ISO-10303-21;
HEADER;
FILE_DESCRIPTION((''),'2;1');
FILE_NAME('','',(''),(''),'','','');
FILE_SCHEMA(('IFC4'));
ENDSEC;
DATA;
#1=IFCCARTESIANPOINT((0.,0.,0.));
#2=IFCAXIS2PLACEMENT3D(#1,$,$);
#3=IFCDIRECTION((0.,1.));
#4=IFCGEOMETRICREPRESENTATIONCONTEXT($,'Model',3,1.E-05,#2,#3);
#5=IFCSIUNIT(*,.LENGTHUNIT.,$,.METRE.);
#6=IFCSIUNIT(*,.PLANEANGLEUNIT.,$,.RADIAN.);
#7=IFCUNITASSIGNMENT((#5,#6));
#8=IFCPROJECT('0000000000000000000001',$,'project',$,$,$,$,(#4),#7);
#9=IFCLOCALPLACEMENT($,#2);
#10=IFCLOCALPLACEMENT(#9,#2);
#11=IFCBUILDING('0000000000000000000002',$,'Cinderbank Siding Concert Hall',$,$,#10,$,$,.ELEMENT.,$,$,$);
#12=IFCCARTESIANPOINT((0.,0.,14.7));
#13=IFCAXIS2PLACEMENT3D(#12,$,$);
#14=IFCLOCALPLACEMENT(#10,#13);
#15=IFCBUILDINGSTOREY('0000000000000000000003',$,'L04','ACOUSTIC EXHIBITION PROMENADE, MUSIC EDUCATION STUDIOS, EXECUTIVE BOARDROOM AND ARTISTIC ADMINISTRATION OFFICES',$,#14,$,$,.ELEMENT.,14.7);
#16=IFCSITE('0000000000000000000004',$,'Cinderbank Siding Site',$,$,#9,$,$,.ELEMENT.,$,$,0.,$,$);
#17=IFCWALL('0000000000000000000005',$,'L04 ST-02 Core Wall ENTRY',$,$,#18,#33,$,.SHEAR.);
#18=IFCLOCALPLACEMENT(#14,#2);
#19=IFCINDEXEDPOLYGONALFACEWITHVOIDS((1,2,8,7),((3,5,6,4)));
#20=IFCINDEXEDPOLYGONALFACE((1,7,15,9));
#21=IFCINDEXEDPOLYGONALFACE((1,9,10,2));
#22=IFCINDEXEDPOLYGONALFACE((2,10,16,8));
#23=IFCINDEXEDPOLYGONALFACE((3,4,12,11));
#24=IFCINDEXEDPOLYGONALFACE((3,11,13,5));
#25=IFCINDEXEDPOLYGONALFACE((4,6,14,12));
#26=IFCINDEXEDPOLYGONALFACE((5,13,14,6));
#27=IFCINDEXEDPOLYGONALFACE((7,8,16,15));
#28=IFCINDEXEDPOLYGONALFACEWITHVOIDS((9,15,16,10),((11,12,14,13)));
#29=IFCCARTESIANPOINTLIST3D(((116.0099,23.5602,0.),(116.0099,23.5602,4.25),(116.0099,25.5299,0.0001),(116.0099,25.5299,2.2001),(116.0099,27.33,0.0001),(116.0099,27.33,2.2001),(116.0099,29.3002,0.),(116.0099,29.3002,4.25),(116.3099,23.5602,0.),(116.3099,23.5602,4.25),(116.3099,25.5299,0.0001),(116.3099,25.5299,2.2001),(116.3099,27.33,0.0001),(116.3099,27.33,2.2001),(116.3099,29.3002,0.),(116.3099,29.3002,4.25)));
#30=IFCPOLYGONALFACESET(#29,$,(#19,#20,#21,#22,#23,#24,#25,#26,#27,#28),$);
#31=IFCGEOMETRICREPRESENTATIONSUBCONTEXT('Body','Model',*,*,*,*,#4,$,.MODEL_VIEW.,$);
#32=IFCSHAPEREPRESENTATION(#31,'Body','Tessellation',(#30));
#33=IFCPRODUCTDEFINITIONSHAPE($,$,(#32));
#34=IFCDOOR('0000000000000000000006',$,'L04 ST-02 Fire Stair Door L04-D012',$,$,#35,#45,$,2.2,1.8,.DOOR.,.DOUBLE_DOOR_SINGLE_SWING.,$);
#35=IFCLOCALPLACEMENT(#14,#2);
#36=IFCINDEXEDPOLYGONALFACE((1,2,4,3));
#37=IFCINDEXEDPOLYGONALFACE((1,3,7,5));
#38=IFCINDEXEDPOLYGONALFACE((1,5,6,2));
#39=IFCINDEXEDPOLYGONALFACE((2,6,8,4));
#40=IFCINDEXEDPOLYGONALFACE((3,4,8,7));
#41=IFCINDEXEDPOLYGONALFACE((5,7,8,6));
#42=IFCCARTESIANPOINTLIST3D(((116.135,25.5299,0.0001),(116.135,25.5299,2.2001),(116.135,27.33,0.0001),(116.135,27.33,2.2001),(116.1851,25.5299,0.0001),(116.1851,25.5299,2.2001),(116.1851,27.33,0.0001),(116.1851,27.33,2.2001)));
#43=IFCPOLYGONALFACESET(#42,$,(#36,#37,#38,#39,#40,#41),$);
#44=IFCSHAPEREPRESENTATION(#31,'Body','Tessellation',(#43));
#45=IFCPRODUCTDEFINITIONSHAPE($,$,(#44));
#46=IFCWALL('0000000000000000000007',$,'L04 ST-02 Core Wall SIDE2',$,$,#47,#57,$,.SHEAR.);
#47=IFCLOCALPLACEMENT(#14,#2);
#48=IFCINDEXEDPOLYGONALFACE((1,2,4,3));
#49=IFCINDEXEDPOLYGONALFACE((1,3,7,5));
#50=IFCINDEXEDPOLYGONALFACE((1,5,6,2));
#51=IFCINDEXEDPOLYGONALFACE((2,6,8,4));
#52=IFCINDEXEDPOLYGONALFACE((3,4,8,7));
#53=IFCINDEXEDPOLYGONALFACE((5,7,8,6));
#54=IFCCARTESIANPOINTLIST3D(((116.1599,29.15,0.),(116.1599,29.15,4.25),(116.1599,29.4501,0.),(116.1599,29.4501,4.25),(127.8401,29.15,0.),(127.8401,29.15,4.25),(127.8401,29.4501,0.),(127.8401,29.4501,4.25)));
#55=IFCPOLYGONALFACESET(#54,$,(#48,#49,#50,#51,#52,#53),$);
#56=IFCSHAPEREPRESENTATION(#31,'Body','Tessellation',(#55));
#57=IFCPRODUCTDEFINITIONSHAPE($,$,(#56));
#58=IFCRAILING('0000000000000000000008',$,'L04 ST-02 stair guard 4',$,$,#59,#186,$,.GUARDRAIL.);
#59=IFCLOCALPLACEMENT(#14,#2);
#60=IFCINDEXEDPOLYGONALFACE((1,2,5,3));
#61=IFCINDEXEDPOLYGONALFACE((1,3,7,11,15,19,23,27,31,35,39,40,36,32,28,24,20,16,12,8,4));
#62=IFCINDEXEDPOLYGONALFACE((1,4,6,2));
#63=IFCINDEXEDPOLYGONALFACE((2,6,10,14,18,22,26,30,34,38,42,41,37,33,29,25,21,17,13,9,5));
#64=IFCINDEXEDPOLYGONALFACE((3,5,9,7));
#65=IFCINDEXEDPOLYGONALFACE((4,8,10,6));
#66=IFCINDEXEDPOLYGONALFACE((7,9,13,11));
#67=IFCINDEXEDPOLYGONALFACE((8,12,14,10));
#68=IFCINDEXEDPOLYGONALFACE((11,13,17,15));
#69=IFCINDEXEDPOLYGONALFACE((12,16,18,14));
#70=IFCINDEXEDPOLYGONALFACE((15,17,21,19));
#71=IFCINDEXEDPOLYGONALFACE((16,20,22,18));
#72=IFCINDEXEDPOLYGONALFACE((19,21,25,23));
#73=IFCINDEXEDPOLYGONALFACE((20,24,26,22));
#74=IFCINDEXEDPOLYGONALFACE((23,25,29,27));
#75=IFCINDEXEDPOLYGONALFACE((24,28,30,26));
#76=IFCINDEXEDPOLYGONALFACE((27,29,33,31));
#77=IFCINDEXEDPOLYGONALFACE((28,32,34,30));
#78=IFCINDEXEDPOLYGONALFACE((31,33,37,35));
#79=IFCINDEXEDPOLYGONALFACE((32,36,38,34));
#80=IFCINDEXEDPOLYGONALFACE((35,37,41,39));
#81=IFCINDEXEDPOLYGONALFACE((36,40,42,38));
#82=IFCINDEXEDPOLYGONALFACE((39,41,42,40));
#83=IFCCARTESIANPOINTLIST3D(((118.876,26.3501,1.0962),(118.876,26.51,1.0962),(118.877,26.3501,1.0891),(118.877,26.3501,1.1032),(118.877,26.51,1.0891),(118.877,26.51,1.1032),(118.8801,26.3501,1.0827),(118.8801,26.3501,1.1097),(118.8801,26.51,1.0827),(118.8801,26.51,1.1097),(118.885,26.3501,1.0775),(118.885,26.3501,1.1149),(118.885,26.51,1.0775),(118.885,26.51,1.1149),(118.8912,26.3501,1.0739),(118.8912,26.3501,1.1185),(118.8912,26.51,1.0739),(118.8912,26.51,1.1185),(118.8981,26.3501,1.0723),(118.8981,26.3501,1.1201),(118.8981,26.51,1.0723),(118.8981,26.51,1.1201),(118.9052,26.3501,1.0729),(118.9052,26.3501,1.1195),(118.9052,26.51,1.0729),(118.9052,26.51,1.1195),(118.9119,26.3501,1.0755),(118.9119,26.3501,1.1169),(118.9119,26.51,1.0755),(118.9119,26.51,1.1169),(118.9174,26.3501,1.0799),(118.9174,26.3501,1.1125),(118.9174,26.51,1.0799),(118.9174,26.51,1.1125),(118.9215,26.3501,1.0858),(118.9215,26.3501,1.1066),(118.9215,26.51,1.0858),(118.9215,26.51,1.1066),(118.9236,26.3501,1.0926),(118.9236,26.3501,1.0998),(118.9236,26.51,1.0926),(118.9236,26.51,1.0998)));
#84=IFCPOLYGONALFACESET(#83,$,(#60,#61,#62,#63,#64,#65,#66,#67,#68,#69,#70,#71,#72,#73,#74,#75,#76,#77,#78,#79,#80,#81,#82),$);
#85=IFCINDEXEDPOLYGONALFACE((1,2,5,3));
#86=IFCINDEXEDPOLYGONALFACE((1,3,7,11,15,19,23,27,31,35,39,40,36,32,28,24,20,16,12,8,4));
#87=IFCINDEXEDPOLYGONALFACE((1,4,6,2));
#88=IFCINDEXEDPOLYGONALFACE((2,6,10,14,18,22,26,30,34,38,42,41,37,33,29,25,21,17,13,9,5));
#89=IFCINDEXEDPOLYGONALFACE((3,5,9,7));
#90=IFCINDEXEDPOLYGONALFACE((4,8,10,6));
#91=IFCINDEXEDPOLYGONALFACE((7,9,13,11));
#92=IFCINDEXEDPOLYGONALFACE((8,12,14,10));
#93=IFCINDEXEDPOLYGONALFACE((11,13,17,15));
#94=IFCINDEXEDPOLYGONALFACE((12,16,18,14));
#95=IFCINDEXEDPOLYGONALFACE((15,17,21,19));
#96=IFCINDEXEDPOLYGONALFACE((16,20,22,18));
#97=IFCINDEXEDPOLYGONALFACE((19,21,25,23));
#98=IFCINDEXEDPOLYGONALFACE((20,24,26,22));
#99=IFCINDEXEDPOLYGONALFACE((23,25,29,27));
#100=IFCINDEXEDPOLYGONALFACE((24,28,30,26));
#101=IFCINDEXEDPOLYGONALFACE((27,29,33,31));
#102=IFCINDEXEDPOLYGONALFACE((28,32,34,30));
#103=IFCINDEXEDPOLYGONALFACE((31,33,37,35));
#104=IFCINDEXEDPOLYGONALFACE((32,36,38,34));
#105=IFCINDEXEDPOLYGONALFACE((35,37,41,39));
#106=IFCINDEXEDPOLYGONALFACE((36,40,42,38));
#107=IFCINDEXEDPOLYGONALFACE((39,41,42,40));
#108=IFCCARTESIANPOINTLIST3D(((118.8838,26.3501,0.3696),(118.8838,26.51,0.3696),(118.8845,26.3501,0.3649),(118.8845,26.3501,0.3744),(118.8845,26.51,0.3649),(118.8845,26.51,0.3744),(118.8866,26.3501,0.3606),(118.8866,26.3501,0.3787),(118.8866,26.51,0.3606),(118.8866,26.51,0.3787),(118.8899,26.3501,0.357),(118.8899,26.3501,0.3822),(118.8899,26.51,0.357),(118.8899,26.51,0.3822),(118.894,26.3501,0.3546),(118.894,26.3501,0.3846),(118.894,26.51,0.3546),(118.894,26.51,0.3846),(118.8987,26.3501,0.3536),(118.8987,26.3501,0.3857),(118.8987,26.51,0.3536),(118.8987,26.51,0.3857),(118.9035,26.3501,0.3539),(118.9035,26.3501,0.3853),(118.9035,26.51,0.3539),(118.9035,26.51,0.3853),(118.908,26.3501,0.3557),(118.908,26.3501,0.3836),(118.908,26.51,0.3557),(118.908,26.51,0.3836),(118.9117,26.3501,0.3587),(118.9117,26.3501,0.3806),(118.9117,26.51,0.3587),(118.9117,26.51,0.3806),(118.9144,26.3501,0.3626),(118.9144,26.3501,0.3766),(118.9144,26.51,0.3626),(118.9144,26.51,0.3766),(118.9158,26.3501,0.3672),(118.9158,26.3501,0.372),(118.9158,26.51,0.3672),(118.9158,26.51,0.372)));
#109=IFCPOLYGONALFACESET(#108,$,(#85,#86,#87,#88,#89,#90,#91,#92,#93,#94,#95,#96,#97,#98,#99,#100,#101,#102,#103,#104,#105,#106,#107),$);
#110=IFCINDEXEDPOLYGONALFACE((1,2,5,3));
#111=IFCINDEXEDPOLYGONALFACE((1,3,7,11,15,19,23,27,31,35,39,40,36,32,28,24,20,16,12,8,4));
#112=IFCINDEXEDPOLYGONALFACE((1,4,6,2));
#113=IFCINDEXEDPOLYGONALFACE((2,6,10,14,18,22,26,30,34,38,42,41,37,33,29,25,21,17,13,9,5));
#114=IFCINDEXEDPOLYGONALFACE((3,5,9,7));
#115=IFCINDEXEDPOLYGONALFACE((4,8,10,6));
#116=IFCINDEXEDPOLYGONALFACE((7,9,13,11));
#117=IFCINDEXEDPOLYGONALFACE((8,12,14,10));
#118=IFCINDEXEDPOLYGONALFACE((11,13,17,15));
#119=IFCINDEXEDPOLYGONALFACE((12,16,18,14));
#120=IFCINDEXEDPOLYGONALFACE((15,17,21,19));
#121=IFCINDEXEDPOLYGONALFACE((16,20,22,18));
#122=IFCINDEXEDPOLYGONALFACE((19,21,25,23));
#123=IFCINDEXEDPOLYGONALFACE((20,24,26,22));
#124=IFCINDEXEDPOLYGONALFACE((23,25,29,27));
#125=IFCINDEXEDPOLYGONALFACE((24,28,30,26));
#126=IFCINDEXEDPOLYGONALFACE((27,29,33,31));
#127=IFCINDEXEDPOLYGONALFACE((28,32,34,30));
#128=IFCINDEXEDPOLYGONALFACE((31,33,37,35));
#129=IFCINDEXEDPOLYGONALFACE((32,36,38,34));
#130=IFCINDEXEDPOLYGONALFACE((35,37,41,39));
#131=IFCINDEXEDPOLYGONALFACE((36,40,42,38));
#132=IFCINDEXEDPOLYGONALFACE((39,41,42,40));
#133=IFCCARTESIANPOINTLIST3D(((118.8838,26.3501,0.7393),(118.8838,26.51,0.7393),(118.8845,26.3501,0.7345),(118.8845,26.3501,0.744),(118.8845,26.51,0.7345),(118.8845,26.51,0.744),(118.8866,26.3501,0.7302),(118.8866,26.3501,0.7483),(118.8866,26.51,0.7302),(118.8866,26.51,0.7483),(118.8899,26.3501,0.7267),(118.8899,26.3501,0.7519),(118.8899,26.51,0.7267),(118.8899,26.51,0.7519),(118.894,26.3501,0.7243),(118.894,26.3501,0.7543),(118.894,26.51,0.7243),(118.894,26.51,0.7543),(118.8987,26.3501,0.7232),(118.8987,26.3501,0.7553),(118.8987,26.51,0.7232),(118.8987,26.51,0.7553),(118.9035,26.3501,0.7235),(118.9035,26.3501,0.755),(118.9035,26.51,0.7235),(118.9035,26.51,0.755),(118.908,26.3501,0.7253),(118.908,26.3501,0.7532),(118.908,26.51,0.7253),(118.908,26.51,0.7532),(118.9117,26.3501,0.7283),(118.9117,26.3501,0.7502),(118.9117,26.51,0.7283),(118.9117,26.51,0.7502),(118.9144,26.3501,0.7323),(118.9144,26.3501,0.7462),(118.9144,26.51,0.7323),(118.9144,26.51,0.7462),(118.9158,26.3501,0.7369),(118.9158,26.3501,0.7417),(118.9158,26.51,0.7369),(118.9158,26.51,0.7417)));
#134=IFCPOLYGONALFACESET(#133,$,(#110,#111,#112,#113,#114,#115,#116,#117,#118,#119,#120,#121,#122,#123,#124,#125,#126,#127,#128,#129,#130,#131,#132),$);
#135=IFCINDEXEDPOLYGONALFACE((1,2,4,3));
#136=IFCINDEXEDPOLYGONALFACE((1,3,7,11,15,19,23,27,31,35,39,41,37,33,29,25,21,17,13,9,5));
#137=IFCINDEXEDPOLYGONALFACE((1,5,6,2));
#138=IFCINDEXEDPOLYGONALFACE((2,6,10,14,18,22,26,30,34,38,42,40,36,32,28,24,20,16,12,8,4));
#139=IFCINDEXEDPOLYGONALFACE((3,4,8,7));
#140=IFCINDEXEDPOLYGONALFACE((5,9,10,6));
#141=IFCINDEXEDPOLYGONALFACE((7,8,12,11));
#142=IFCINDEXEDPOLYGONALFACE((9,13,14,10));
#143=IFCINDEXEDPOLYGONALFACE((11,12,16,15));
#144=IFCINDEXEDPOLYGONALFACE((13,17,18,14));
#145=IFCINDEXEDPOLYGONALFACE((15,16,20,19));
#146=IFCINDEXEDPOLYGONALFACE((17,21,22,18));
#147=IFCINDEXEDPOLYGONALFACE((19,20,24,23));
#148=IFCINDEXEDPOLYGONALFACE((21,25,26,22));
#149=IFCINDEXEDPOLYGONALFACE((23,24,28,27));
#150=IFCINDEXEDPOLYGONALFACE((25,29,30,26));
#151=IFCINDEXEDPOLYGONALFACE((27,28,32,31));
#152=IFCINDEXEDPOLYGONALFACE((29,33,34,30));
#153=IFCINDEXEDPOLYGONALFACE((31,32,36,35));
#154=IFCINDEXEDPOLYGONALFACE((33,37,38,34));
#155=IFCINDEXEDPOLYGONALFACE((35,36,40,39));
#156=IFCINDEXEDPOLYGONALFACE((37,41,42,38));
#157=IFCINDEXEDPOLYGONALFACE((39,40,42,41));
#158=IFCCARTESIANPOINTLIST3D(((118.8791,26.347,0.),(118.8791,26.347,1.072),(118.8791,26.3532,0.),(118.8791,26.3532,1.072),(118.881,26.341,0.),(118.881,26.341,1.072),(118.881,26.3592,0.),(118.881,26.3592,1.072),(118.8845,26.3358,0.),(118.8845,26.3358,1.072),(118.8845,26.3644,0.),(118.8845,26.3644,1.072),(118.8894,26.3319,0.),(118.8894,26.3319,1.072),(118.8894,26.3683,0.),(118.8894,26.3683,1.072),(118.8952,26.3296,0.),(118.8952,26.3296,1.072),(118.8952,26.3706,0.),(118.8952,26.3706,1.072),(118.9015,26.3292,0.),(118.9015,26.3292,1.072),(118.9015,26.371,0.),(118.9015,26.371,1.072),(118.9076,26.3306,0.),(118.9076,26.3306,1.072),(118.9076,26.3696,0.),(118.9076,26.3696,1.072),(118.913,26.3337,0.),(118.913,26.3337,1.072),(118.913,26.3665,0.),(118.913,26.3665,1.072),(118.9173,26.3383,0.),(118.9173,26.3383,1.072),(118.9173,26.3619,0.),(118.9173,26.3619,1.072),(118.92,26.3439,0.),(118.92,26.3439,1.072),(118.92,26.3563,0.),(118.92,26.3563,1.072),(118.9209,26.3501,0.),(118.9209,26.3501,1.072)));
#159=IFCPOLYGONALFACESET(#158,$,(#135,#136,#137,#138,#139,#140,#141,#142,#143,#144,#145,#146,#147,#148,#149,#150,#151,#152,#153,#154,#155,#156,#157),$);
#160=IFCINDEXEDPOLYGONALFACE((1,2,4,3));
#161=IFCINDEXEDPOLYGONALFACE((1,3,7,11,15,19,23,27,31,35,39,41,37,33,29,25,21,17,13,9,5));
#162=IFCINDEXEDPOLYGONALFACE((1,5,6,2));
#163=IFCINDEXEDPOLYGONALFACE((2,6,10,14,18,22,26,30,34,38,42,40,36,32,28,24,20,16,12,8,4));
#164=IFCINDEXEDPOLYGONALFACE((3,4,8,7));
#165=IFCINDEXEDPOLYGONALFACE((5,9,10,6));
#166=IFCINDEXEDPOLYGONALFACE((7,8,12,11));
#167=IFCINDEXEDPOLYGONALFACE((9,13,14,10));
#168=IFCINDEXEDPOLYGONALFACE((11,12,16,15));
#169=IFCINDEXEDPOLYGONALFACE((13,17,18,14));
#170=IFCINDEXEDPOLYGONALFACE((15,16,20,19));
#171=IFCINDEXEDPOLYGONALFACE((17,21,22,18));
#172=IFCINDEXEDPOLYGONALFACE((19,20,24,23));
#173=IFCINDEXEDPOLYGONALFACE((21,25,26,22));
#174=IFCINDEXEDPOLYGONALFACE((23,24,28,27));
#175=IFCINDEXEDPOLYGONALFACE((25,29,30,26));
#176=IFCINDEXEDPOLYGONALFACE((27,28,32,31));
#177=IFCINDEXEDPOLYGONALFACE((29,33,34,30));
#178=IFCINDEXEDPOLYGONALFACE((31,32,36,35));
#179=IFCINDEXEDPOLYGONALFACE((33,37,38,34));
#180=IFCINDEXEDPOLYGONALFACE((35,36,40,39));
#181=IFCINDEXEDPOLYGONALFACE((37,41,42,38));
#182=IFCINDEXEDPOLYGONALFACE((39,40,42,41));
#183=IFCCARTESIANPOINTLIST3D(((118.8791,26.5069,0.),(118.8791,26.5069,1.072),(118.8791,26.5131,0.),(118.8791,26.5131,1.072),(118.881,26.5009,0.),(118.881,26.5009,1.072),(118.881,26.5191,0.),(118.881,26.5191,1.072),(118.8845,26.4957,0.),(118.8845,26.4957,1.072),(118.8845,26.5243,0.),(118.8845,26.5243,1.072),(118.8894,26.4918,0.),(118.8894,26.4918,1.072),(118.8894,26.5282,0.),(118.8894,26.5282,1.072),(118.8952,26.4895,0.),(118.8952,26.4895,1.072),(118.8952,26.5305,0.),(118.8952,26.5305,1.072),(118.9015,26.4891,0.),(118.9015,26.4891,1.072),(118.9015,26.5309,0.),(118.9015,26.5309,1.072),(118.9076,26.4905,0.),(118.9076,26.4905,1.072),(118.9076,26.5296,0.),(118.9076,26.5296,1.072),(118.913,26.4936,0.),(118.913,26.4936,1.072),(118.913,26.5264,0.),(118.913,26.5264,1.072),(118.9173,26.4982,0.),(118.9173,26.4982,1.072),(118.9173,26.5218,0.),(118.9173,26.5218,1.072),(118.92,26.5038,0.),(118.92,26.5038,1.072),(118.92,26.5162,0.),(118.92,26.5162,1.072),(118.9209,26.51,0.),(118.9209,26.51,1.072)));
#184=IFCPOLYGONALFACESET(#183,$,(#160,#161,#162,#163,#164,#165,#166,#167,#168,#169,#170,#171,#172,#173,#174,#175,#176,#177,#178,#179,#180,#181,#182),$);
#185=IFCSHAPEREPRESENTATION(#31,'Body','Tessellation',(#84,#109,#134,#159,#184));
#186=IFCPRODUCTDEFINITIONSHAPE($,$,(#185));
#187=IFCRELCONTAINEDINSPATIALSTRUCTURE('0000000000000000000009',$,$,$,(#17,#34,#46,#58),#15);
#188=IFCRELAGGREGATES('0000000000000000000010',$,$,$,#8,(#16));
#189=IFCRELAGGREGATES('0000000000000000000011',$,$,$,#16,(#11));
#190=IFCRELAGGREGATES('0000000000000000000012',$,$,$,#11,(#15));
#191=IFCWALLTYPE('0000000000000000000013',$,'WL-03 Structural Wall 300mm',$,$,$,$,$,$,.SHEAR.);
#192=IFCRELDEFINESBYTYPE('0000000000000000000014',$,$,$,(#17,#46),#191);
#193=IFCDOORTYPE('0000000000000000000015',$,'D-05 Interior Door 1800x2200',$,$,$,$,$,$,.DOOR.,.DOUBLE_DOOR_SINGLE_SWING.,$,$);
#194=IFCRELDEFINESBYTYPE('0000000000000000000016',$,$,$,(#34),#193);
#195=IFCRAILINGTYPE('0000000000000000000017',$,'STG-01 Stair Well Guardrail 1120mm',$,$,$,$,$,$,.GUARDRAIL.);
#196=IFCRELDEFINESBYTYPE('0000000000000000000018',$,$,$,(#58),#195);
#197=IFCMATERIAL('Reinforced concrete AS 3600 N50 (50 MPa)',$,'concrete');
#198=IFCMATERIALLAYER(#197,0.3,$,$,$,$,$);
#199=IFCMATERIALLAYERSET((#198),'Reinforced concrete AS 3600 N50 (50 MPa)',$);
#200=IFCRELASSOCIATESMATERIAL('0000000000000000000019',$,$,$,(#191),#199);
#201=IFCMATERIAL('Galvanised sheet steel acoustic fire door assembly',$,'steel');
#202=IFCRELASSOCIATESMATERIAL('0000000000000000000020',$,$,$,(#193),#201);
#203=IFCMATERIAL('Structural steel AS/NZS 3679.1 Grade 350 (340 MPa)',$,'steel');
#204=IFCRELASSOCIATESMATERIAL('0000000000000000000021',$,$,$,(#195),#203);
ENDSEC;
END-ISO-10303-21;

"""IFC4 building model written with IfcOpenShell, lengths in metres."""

from ifc_helpers import new_model, si_unit, direction, frame, frame_2d, origin, origin_2d, place, context, subcontext, project, spatial, rectangle, circle, extrude, material, layer, layer_set, type_object, element, fill, save


model = new_model("IFC4")

# Units and contexts
model_context = context("Model", 3, precision=1e-05, world=origin(), true_north=direction((0.0, 1.0)))
body_context = subcontext(model_context, "Body", "Model", "MODEL_VIEW")
ifc_project = project(units=[si_unit("LENGTHUNIT", "METRE"), si_unit("PLANEANGLEUNIT", "RADIAN")], contexts=[model_context])

# Site, building, storey
site_placement = place(None, origin())
site = spatial("IfcSite", under=ifc_project, at=site_placement, Name="Cinderbank Siding Site", CompositionType="ELEMENT", RefElevation=0.0)
building_placement = place(site_placement, origin())
building = spatial("IfcBuilding", under=site, at=building_placement, Name="Cinderbank Siding Concert Hall", CompositionType="ELEMENT")
storey_placement = place(building_placement, frame((0.0, 0.0, 14.7)))
storey = spatial("IfcBuildingStorey", under=building, at=storey_placement, Name="L04", Description="ACOUSTIC EXHIBITION PROMENADE, MUSIC EDUCATION STUDIOS, EXECUTIVE BOARDROOM AND ARTISTIC ADMINISTRATION OFFICES", CompositionType="ELEMENT", Elevation=14.7)

# Shared definitions
ifc_material_1 = material(Name="Reinforced concrete AS 3600 N50 (50 MPa)", Category="concrete")

# Shared definitions
ifc_material_2 = material(Name="Structural steel AS/NZS 3679.1 Grade 350 (340 MPa)", Category="steel")

# Wall, opening, door
ifc_layer_1 = layer(ifc_material_1, 0.3)
ifc_layer_set_1 = layer_set([ifc_layer_1], Name="Reinforced concrete AS 3600 N50 (50 MPa)")
wall_type_1 = type_object("IfcWallType", Name="WL-03 Structural Wall 300mm", PredefinedType="SHEAR", material=ifc_layer_set_1)
wall_1_placement = place(storey_placement, frame((116.1599, 23.5601, 0.0), z_axis=(0.0, 0.0, 1.0), x_axis=(0.0, 1.0, 0.0)))
wall_1 = element("IfcWall", 1, at=wall_1_placement, inside=storey, type_object=wall_type_1, Name="L04 ST-02 Core Wall ENTRY", PredefinedType="SHEAR", context=body_context, shape_type="SweptSolid", body=[
    extrude(rectangle(XDim=5.74, YDim=0.3, at=frame_2d((2.8701, 0.0))), origin(), (0.0, 0.0, 1.0), 4.25),
])
opening_1_placement = place(wall_1_placement, frame((1.97, 0.0, 0.0)))
opening_1 = element("IfcOpeningElement", 2, at=opening_1_placement, cuts=wall_1, PredefinedType="OPENING", context=body_context, shape_type="SweptSolid", body=[
    extrude(rectangle(XDim=1.8, YDim=2.2, at=frame_2d((0.8999, 1.1001))), frame((0.0, 0.1621, 0.0), z_axis=(0.0, -1.0, 0.0), x_axis=(1.0, 0.0, 0.0)), (0.0, 0.0, 1.0), 0.324),
])
ifc_material_3 = material(Name="Galvanised sheet steel acoustic fire door assembly", Category="steel")
door_type_1 = type_object("IfcDoorType", Name="D-05 Interior Door 1800x2200", OperationType="DOUBLE_DOOR_SINGLE_SWING", PredefinedType="DOOR", material=ifc_material_3)
door_1_placement = place(opening_1_placement, origin())
door_1 = element("IfcDoor", 3, at=door_1_placement, inside=storey, type_object=door_type_1, Name="L04 ST-02 Fire Stair Door L04-D012", OperationType="DOUBLE_DOOR_SINGLE_SWING", OverallHeight=2.2, OverallWidth=1.8, PredefinedType="DOOR", context=body_context, shape_type="SweptSolid", body=[
    extrude(rectangle(XDim=1.8, YDim=2.2, at=frame_2d((0.8999, 1.1001))), frame((0.0, 0.0249, 0.0), z_axis=(0.0, -1.0, 0.0), x_axis=(1.0, 0.0, 0.0)), (0.0, 0.0, 1.0), 0.05),
])
fill(opening_1, door_1)

# Wall
wall_2_placement = place(storey_placement, frame((116.1599, 29.3, 0.0), z_axis=(0.0, 0.0, 1.0), x_axis=(1.0, 0.0, 0.0)))
element("IfcWall", 4, at=wall_2_placement, inside=storey, type_object=wall_type_1, Name="L04 ST-02 Core Wall SIDE2", PredefinedType="SHEAR", context=body_context, shape_type="SweptSolid", body=[
    extrude(rectangle(XDim=11.6802, YDim=0.3, at=frame_2d((5.8401, 0.0))), origin(), (0.0, 0.0, 1.0), 4.25),
])

# Railing
railing_type_1 = type_object("IfcRailingType", Name="STG-01 Stair Well Guardrail 1120mm", PredefinedType="GUARDRAIL", material=ifc_material_2)
railing_1_placement = place(storey_placement, frame((118.8999, 26.3501, 0.0)))
element("IfcRailing", 5, at=railing_1_placement, inside=storey, type_object=railing_type_1, Name="L04 ST-02 stair guard 4", PredefinedType="GUARDRAIL", context=body_context, shape_type="SweptSolid", body=[
    extrude(circle(Radius=0.0239, at=origin_2d()), frame((0.0, 0.0, 1.0962), z_axis=(0.0, 1.0, 0.0), x_axis=(-1.0, 0.0, 0.0)), (0.0, 0.0, 1.0), 0.1599),
    extrude(circle(Radius=0.0161, at=origin_2d()), frame((0.0, 0.0, 0.3696), z_axis=(0.0, 1.0, 0.0), x_axis=(-1.0, 0.0, 0.0)), (0.0, 0.0, 1.0), 0.1599),
    extrude(circle(Radius=0.0161, at=origin_2d()), frame((0.0, 0.0, 0.7393), z_axis=(0.0, 1.0, 0.0), x_axis=(-1.0, 0.0, 0.0)), (0.0, 0.0, 1.0), 0.1599),
    extrude(circle(Radius=0.021, at=origin_2d()), origin(), (0.0, 0.0, 1.0), 1.072),
    extrude(circle(Radius=0.021, at=origin_2d()), frame((0.0, 0.1599, 0.0)), (0.0, 0.0, 1.0), 1.072),
])

save(model, "model.ifc")
